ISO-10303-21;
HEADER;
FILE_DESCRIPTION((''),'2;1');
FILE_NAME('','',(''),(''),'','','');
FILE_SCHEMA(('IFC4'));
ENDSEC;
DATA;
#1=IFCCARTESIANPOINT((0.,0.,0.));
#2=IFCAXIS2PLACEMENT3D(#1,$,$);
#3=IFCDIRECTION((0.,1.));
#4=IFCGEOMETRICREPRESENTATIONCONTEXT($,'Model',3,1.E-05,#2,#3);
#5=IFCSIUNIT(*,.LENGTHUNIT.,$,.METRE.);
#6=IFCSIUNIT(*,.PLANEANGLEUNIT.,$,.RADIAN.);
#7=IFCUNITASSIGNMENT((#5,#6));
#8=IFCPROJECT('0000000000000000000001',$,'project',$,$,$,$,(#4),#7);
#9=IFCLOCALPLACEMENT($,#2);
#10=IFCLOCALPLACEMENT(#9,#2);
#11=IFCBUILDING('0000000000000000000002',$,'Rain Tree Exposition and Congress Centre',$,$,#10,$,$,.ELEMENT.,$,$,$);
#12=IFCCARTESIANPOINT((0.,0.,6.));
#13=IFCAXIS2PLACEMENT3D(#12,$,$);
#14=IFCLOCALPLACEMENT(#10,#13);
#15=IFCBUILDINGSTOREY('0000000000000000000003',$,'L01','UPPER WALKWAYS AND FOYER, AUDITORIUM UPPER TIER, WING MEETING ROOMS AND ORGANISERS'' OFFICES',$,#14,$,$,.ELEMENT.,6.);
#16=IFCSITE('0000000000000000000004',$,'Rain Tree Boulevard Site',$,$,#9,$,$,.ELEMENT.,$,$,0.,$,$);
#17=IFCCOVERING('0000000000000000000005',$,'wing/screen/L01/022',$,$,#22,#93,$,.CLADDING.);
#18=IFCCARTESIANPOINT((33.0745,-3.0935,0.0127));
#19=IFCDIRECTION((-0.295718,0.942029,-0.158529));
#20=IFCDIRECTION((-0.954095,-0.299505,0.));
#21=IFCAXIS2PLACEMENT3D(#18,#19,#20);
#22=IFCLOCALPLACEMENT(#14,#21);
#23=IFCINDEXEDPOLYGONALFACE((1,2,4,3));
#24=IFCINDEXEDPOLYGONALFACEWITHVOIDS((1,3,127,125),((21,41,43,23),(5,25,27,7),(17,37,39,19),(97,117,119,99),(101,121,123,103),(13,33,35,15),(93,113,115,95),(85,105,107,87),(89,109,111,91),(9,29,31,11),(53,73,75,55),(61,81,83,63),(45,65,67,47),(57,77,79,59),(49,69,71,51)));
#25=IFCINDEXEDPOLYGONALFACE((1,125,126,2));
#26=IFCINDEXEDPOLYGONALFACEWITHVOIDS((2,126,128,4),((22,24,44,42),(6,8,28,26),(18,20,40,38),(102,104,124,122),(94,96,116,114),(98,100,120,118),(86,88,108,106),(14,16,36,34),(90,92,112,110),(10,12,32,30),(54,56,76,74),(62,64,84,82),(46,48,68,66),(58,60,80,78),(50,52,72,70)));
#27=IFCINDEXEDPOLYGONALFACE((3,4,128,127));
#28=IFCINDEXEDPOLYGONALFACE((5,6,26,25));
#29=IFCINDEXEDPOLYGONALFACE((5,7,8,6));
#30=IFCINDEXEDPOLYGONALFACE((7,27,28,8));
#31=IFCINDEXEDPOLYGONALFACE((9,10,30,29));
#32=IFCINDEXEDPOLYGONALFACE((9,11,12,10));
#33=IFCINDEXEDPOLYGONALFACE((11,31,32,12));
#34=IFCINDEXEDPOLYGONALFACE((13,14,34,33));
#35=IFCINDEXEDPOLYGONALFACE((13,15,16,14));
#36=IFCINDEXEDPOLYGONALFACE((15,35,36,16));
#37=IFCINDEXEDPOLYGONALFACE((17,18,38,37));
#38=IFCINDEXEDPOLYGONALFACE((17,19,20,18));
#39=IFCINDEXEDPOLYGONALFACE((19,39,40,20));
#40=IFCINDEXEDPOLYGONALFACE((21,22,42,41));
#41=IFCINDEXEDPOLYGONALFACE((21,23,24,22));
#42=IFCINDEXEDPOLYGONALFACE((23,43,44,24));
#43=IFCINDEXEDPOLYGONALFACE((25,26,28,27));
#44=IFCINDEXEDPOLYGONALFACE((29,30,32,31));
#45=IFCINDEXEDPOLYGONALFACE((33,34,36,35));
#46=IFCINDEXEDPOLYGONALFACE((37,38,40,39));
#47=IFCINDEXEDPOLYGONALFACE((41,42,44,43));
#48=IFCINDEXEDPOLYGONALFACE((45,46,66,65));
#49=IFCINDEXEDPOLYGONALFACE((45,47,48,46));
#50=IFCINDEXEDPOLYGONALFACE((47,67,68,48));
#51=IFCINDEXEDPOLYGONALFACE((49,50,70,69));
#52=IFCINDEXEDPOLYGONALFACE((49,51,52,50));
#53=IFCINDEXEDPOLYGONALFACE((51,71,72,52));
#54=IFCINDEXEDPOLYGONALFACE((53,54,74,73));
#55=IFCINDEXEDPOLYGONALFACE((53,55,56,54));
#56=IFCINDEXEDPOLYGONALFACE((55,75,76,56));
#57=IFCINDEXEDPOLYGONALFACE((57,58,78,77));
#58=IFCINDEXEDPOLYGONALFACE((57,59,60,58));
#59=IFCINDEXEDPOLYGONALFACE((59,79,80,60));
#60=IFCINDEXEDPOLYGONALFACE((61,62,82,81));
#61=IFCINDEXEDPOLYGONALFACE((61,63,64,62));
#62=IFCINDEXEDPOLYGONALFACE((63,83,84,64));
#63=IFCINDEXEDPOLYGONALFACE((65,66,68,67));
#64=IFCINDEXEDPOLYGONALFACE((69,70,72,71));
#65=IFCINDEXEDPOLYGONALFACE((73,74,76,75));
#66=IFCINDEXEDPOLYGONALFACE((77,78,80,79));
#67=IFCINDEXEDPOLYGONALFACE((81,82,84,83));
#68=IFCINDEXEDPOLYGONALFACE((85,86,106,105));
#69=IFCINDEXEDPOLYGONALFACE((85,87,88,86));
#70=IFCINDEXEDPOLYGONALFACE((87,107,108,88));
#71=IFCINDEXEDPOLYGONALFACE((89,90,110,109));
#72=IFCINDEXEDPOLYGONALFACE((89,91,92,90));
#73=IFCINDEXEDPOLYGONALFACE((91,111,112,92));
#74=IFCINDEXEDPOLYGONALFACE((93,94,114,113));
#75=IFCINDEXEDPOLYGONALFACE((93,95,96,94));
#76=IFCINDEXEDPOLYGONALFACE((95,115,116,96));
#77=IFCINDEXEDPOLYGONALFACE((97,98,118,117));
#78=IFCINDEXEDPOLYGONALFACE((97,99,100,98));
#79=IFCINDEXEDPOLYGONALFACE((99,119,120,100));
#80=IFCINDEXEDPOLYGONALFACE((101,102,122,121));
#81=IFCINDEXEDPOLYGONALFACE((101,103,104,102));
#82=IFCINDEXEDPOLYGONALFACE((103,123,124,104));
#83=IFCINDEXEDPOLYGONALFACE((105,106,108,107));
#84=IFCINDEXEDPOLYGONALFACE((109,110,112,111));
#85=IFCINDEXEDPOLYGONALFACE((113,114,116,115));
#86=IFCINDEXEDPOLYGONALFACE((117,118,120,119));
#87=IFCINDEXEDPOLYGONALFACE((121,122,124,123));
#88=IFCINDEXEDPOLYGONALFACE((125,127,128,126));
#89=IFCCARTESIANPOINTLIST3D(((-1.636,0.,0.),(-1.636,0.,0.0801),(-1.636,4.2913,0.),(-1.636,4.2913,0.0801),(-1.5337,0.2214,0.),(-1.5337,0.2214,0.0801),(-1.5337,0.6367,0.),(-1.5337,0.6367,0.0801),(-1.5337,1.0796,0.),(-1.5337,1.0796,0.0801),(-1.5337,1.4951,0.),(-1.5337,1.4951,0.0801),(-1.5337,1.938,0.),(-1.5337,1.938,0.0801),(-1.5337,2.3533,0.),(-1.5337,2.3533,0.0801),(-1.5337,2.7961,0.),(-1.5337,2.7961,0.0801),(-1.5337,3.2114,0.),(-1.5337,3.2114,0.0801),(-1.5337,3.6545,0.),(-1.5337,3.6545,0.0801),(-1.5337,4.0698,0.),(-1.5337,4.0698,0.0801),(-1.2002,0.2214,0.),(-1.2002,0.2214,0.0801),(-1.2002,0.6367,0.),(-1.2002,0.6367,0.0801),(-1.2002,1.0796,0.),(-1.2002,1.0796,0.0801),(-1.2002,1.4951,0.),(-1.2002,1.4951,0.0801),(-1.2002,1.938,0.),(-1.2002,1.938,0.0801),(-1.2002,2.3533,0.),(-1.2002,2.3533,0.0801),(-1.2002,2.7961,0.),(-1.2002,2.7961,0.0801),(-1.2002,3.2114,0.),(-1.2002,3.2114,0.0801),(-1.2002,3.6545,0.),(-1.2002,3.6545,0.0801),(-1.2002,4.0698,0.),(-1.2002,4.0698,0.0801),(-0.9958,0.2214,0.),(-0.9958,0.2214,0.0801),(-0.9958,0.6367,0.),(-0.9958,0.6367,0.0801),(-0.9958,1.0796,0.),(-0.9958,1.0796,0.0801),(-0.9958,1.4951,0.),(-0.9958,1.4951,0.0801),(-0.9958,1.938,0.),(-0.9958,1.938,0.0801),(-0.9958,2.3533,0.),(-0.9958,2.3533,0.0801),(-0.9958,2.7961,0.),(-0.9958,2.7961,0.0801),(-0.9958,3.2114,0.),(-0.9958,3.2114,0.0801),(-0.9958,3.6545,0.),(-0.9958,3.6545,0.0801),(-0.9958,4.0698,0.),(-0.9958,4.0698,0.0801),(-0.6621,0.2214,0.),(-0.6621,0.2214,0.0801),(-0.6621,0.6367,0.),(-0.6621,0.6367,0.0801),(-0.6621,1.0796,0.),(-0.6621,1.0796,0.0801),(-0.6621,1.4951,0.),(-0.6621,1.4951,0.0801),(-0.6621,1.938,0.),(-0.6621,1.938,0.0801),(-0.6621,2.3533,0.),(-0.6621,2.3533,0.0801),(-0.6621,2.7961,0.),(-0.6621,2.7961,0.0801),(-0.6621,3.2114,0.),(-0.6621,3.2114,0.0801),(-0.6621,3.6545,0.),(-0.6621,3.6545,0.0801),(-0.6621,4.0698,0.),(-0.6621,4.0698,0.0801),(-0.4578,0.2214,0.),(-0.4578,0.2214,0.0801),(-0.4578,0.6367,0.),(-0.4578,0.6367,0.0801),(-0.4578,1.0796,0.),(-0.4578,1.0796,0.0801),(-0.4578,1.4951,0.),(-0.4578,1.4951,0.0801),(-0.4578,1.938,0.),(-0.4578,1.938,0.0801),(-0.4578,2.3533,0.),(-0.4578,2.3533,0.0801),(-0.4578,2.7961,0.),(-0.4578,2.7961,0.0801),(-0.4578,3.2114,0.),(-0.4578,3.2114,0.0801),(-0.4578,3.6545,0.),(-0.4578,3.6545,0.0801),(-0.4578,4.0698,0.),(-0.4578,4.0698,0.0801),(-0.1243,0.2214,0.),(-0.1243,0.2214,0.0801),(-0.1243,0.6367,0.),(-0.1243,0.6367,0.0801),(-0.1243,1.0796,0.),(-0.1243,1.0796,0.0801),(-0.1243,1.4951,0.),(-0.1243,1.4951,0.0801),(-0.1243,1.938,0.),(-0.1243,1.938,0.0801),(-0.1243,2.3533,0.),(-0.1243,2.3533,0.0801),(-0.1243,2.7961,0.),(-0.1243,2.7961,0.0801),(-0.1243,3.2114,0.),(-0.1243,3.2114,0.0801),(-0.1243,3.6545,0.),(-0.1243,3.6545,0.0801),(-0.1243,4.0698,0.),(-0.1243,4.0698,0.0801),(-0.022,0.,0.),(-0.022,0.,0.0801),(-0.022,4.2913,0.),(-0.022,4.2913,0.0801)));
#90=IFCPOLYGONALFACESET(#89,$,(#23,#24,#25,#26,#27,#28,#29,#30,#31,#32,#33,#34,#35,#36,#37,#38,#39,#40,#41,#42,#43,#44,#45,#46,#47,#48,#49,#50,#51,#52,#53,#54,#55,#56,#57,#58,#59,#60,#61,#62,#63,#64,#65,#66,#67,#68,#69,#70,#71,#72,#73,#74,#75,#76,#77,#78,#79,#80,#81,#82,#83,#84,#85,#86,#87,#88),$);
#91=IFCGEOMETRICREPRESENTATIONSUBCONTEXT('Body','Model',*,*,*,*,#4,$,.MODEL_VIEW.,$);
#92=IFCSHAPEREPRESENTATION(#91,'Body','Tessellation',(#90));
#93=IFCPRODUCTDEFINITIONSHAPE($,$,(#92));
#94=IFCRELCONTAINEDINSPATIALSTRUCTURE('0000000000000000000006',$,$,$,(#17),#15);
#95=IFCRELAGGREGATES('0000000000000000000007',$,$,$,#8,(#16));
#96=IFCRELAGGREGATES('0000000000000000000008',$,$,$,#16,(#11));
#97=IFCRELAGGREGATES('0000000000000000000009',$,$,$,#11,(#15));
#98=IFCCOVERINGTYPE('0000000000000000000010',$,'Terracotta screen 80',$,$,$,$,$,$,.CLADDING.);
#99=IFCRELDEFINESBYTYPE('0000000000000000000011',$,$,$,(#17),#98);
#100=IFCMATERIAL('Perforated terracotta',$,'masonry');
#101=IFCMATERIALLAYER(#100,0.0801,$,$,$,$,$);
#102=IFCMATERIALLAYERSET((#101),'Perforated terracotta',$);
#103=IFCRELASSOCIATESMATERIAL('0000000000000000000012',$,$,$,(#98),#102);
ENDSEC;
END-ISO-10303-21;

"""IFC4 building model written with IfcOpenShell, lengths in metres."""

from ifc_helpers import new_model, si_unit, direction, frame, origin, place, context, subcontext, project, spatial, polyline, outline, extrude, material, layer, layer_set, type_object, element, save


model = new_model("IFC4")

# Units and contexts
model_context = context("Model", 3, precision=1e-05, world=origin(), true_north=direction((0.0, 1.0)))
body_context = subcontext(model_context, "Body", "Model", "MODEL_VIEW")
ifc_project = project(units=[si_unit("LENGTHUNIT", "METRE"), si_unit("PLANEANGLEUNIT", "RADIAN")], contexts=[model_context])

# Site, building, storey
site_placement = place(None, origin())
site = spatial("IfcSite", under=ifc_project, at=site_placement, Name="Rain Tree Boulevard Site", CompositionType="ELEMENT", RefElevation=0.0)
building_placement = place(site_placement, origin())
building = spatial("IfcBuilding", under=site, at=building_placement, Name="Rain Tree Exposition and Congress Centre", CompositionType="ELEMENT")
storey_placement = place(building_placement, frame((0.0, 0.0, 6.0)))
storey = spatial("IfcBuildingStorey", under=building, at=storey_placement, Name="L01", Description="UPPER WALKWAYS AND FOYER, AUDITORIUM UPPER TIER, WING MEETING ROOMS AND ORGANISERS' OFFICES", CompositionType="ELEMENT", Elevation=6.0)

# Covering
ifc_material_1 = material(Name="Perforated terracotta", Category="masonry")
ifc_layer_1 = layer(ifc_material_1, 0.0801)
ifc_layer_set_1 = layer_set([ifc_layer_1], Name="Perforated terracotta")
covering_type = type_object("IfcCoveringType", Name="Terracotta screen 80", PredefinedType="CLADDING", material=ifc_layer_set_1)
covering_1_placement = place(storey_placement, frame((33.0745, -3.0935, 0.0127), z_axis=(-0.295718, 0.942029, -0.158529), x_axis=(-0.954095, -0.299505, 0.0)))
element("IfcCovering", 1, at=covering_1_placement, inside=storey, type_object=covering_type, Name="wing/screen/L01/022", PredefinedType="CLADDING", context=body_context, shape_type="SweptSolid", body=[
    extrude(outline(polyline([(-1.636, 0.0), (-1.636, 4.2913), (-0.022, 4.2913), (-0.022, 0.0), (-1.636, 0.0)]), holes=[polyline([(-0.1243, 0.2214), (-0.1243, 0.6367), (-0.4578, 0.6367), (-0.4578, 0.2214), (-0.1243, 0.2214)]), polyline([(-0.1243, 1.0796), (-0.1243, 1.4951), (-0.4578, 1.4951), (-0.4578, 1.0796), (-0.1243, 1.0796)]), polyline([(-0.1243, 1.938), (-0.1243, 2.3533), (-0.4578, 2.3533), (-0.4578, 1.938), (-0.1243, 1.938)]), polyline([(-0.1243, 2.7961), (-0.1243, 3.2114), (-0.4578, 3.2114), (-0.4578, 2.7961), (-0.1243, 2.7961)]), polyline([(-0.1243, 3.6545), (-0.1243, 4.0698), (-0.4578, 4.0698), (-0.4578, 3.6545), (-0.1243, 3.6545)]), polyline([(-0.6621, 0.2214), (-0.6621, 0.6367), (-0.9958, 0.6367), (-0.9958, 0.2214), (-0.6621, 0.2214)]), polyline([(-0.6621, 1.0796), (-0.6621, 1.4951), (-0.9958, 1.4951), (-0.9958, 1.0796), (-0.6621, 1.0796)]), polyline([(-0.6621, 1.938), (-0.6621, 2.3533), (-0.9958, 2.3533), (-0.9958, 1.938), (-0.6621, 1.938)]), polyline([(-0.6621, 2.7961), (-0.6621, 3.2114), (-0.9958, 3.2114), (-0.9958, 2.7961), (-0.6621, 2.7961)]), polyline([(-0.6621, 3.6545), (-0.6621, 4.0698), (-0.9958, 4.0698), (-0.9958, 3.6545), (-0.6621, 3.6545)]), polyline([(-1.2002, 0.2214), (-1.2002, 0.6367), (-1.5337, 0.6367), (-1.5337, 0.2214), (-1.2002, 0.2214)]), polyline([(-1.2002, 1.0796), (-1.2002, 1.4951), (-1.5337, 1.4951), (-1.5337, 1.0796), (-1.2002, 1.0796)]), polyline([(-1.2002, 1.938), (-1.2002, 2.3533), (-1.5337, 2.3533), (-1.5337, 1.938), (-1.2002, 1.938)]), polyline([(-1.2002, 2.7961), (-1.2002, 3.2114), (-1.5337, 3.2114), (-1.5337, 2.7961), (-1.2002, 2.7961)]), polyline([(-1.2002, 3.6545), (-1.2002, 4.0698), (-1.5337, 4.0698), (-1.5337, 3.6545), (-1.2002, 3.6545)])]), origin(), (0.0, 0.0, 1.0), 0.0801),
])

save(model, "model.ifc")
